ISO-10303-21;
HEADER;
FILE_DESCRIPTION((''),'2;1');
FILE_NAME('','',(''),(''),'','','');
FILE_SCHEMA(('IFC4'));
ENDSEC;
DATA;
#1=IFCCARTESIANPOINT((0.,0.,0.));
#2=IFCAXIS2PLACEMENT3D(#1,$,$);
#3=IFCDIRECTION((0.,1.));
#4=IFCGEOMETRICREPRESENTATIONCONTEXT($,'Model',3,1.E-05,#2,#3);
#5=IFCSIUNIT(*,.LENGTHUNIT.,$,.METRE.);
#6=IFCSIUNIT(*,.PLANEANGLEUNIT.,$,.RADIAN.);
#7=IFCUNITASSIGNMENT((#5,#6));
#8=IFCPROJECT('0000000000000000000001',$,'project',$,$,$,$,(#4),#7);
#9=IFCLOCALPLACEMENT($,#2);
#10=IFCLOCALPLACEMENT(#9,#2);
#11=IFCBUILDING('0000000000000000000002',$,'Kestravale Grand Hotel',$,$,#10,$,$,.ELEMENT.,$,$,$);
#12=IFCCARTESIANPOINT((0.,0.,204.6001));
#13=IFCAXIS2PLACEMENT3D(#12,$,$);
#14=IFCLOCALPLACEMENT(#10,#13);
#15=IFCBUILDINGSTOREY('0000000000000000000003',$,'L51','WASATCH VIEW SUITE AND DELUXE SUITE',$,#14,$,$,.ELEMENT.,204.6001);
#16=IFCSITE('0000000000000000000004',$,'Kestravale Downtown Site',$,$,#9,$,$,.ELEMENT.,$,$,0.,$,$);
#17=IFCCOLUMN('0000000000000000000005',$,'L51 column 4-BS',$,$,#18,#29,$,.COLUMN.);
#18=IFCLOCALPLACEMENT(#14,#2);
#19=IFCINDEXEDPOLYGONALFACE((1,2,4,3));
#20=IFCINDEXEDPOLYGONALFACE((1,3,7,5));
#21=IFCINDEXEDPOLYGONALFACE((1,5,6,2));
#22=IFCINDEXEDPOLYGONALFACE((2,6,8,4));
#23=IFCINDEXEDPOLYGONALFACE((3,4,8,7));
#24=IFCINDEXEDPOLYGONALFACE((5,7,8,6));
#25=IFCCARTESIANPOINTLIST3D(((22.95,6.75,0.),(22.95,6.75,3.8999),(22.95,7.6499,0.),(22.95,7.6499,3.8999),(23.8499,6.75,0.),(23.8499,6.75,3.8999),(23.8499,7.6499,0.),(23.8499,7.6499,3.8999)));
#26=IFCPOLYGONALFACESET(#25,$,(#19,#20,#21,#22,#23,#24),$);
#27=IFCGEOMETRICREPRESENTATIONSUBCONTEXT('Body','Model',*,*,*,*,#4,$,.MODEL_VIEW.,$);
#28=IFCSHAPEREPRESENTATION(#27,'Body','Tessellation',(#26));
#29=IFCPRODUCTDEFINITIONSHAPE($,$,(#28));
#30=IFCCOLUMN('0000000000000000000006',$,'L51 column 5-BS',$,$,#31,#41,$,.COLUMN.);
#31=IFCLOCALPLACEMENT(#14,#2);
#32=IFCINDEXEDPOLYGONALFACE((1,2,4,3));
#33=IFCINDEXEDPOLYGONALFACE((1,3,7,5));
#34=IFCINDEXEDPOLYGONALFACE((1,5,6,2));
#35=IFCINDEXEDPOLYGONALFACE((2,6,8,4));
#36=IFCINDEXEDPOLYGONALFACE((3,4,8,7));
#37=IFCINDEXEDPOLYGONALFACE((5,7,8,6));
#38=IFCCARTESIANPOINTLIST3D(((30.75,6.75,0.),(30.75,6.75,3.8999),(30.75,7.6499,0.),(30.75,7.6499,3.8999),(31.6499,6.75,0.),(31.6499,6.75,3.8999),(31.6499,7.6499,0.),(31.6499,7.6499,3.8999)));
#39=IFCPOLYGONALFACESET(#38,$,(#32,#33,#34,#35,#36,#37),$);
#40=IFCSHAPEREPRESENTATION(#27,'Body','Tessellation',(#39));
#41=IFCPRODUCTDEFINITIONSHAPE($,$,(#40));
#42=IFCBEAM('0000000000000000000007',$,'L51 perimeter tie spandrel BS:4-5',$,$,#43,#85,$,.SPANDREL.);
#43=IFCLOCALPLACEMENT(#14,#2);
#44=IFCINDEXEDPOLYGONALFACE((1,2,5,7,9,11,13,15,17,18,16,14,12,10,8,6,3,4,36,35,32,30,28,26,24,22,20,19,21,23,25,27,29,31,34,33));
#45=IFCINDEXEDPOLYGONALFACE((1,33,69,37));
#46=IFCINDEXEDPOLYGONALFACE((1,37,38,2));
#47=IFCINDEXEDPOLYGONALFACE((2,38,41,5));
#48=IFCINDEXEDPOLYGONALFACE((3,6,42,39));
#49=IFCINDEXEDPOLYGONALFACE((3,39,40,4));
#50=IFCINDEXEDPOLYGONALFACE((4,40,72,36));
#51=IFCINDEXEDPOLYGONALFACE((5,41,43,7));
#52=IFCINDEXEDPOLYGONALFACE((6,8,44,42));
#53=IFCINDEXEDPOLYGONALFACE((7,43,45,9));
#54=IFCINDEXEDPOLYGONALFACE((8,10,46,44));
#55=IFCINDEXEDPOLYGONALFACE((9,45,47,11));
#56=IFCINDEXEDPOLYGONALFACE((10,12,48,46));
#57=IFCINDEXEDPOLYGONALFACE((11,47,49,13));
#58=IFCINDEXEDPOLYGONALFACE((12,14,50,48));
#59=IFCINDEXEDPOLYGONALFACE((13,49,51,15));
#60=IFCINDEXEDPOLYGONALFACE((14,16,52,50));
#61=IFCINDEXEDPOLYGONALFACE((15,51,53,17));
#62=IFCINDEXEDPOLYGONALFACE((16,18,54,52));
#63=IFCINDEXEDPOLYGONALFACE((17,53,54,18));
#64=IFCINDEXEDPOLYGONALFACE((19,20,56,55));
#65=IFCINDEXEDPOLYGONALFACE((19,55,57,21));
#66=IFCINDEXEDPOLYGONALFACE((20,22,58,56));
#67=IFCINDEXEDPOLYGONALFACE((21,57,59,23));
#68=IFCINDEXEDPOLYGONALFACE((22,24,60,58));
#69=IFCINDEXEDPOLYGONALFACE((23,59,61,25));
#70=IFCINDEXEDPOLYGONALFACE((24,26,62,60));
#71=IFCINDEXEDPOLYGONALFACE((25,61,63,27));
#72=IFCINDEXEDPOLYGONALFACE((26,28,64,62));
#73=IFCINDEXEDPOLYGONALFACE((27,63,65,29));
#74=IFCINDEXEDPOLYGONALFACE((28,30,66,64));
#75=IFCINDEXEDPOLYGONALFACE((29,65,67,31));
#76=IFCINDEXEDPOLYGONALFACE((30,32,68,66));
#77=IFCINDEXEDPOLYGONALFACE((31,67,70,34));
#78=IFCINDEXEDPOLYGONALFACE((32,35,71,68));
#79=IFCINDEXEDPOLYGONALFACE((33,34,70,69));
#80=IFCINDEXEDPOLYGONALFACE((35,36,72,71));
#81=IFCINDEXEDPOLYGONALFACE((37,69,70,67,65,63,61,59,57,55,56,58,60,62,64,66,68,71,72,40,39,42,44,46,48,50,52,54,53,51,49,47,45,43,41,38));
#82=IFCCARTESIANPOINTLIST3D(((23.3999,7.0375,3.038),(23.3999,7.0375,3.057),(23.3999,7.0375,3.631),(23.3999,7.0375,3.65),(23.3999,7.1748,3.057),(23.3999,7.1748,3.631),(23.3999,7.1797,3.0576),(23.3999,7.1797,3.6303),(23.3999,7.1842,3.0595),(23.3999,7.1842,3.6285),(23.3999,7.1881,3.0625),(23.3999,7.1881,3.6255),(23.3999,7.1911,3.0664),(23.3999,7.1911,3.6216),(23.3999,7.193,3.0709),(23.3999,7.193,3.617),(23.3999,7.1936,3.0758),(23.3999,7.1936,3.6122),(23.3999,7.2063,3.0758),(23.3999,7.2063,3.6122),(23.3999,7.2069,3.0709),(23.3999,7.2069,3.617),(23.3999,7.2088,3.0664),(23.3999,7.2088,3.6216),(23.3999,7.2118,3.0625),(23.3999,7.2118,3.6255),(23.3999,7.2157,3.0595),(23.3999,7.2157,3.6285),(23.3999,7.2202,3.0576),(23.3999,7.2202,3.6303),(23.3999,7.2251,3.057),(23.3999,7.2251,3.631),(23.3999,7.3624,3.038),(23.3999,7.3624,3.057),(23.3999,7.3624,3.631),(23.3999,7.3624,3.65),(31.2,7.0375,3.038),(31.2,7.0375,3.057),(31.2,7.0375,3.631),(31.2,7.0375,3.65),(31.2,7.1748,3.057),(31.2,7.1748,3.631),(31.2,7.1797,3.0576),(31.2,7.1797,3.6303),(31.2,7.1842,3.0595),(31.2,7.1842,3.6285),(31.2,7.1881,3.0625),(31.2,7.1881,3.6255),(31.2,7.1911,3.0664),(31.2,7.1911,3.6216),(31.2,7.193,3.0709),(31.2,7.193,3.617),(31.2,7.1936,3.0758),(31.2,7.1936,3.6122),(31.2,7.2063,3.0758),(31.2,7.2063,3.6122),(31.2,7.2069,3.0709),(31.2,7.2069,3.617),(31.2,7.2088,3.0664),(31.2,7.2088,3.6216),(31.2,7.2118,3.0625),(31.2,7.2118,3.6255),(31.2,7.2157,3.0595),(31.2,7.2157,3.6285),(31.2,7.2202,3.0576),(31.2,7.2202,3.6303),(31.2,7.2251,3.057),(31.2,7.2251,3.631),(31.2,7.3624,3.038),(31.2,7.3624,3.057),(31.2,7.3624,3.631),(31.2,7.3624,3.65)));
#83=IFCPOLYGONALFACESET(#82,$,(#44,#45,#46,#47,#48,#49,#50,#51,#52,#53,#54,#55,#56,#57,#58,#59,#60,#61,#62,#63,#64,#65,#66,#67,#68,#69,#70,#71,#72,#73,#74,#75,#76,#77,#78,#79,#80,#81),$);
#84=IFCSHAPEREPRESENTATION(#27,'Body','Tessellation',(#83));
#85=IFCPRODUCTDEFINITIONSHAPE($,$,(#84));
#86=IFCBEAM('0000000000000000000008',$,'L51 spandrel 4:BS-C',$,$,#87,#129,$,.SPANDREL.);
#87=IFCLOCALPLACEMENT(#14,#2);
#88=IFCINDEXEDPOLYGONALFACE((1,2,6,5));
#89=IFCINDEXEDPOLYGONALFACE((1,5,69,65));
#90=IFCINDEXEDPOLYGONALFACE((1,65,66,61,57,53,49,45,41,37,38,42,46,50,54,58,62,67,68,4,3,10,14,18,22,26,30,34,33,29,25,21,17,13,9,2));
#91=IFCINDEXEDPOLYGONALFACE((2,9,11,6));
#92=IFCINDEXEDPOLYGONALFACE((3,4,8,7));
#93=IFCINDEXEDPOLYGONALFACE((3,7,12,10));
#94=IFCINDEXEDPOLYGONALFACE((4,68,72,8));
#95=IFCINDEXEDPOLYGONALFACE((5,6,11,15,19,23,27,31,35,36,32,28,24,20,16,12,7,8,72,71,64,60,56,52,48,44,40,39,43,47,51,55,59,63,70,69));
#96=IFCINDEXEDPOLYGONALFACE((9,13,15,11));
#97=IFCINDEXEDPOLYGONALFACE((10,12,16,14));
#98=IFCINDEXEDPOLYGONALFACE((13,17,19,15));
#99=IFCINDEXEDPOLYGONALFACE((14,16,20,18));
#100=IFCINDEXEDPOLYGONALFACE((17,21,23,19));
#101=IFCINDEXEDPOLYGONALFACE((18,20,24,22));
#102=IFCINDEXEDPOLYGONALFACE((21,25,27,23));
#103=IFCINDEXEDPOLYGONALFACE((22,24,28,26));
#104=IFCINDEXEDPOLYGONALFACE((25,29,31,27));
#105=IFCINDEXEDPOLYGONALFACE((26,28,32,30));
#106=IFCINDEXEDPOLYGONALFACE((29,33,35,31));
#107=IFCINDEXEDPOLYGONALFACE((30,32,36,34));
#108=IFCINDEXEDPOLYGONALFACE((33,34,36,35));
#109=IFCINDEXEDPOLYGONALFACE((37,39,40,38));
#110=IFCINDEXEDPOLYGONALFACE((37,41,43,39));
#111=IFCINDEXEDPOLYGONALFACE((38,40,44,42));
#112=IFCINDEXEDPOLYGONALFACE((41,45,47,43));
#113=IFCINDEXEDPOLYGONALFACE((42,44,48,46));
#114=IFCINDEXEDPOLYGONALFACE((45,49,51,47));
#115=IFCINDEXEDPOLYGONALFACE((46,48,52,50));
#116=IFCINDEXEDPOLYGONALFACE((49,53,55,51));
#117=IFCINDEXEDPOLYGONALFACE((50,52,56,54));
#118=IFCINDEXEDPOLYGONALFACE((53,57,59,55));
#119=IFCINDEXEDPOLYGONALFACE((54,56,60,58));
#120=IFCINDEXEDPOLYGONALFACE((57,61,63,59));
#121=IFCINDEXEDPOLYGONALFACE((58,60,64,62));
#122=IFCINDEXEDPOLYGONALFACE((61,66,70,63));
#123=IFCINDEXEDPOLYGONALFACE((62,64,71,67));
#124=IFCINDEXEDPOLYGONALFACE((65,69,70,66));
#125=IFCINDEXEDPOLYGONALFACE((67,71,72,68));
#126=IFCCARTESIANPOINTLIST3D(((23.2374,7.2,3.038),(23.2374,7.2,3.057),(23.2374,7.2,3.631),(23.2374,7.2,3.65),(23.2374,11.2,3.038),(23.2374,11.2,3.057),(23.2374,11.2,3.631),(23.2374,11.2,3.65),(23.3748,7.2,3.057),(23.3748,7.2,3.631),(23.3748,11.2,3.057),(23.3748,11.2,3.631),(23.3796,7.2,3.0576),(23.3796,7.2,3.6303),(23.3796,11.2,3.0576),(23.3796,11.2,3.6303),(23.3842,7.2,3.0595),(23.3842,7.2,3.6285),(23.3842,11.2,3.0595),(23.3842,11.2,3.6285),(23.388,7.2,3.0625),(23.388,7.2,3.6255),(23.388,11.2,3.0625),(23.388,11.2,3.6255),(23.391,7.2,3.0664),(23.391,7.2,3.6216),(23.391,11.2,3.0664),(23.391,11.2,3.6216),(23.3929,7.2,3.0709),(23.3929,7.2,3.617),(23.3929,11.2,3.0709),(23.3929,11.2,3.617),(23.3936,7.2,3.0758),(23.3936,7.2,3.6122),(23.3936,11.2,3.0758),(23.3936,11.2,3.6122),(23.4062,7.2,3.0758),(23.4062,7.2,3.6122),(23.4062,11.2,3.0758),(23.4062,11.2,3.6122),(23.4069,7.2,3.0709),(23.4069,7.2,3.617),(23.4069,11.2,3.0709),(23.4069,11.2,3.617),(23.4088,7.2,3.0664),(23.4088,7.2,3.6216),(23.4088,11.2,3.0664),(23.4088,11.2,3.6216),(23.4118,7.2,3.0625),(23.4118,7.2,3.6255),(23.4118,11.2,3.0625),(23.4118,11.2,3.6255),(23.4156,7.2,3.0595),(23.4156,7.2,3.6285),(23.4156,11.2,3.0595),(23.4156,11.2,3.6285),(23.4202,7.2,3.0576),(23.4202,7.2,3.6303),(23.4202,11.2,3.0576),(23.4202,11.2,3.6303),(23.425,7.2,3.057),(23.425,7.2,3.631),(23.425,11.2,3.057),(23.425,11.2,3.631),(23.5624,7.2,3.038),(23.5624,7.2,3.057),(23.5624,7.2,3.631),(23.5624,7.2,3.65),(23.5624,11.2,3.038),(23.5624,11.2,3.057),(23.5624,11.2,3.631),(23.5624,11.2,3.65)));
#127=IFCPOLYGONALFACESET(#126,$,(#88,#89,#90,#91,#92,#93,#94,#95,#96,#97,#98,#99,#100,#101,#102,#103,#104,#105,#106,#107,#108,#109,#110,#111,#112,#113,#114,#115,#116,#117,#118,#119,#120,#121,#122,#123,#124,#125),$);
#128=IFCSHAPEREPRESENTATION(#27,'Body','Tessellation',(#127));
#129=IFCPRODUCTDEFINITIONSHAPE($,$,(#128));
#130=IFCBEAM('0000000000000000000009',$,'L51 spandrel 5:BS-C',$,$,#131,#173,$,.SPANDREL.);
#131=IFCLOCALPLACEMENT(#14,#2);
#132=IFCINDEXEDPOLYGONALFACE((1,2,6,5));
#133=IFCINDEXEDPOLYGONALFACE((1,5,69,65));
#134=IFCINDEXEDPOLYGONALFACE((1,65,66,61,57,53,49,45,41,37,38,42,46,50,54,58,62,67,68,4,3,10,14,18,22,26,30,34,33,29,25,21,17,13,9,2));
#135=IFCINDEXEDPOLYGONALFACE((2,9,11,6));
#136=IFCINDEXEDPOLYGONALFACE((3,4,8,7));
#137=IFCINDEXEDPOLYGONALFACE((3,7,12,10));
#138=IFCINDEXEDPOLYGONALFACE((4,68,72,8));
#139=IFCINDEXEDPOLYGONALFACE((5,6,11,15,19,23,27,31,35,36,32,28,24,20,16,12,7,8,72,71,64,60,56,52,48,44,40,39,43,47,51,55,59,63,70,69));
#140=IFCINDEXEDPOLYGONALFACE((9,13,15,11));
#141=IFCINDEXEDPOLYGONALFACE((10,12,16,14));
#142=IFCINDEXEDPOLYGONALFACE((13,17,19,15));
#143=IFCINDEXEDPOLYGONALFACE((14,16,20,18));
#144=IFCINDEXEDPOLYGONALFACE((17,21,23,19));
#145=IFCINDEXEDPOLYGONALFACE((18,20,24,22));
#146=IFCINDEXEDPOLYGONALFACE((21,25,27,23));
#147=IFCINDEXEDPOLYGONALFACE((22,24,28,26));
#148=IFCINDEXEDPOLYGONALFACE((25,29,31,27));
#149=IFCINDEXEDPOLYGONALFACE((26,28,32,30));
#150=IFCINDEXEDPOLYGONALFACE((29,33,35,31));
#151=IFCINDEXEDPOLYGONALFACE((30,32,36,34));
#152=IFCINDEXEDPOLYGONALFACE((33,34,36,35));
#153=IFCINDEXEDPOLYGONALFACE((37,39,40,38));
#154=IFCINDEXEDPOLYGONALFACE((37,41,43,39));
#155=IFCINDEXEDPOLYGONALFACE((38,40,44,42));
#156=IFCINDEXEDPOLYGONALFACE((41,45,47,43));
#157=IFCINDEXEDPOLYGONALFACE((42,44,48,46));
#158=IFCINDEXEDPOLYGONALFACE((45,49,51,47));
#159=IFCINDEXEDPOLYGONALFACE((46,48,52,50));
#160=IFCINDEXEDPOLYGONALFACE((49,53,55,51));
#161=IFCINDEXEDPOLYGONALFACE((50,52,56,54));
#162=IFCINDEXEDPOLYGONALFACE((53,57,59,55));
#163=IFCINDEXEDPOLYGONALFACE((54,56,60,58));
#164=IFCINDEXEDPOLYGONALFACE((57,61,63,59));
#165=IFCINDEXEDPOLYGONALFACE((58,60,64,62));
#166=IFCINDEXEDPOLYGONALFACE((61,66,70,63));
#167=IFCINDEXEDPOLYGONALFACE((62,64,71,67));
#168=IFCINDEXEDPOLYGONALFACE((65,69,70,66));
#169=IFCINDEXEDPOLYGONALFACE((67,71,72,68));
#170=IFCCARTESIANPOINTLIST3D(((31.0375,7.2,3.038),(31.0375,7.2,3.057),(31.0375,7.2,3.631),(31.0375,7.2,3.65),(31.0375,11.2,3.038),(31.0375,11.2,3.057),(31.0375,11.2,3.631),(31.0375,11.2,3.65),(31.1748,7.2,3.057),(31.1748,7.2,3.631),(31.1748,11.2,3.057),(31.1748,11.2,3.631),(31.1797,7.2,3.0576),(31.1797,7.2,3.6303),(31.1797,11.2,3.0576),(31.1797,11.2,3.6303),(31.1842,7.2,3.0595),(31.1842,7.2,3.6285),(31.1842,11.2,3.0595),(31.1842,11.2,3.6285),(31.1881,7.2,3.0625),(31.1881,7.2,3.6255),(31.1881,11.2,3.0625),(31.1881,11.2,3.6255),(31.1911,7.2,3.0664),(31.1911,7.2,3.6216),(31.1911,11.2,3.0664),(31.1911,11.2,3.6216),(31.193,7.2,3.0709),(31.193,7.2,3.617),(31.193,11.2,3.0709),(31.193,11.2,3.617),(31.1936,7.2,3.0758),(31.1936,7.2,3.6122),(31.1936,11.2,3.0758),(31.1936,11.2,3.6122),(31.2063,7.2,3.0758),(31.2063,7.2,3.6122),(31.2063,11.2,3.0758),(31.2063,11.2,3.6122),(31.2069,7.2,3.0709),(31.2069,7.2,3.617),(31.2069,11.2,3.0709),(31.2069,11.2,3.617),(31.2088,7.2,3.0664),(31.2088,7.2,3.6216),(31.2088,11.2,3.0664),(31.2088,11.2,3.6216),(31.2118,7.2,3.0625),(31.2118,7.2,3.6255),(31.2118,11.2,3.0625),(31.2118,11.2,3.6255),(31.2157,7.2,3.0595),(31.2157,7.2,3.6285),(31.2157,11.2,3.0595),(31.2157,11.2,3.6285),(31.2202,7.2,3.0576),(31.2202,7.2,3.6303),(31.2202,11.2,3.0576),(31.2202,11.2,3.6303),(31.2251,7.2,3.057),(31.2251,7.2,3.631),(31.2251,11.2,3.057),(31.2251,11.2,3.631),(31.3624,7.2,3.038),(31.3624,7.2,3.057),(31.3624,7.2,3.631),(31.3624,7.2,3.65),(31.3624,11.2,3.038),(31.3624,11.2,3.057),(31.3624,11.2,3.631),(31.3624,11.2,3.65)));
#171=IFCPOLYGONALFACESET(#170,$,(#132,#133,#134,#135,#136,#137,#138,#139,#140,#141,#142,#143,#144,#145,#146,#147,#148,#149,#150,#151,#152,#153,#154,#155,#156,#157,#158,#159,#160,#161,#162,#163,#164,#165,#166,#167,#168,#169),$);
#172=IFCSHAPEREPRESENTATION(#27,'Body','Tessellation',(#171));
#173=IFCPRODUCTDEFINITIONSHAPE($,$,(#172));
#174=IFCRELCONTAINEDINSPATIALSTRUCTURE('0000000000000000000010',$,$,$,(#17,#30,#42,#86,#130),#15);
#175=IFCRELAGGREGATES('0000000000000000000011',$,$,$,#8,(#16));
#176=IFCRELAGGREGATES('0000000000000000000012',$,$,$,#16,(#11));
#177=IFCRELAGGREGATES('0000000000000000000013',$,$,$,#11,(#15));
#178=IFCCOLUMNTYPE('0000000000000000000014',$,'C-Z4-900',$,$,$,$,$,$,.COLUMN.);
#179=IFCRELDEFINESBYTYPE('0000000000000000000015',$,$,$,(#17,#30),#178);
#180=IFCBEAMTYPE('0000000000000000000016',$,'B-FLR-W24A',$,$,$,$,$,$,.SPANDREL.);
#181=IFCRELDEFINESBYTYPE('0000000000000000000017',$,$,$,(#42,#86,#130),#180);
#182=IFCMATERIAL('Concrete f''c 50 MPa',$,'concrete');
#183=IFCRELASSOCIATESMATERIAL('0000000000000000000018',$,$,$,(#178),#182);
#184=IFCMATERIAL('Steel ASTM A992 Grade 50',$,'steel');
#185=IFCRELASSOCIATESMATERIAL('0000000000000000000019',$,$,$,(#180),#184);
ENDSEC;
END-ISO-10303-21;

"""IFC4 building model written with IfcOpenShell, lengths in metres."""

from ifc_helpers import new_model, si_unit, direction, frame, origin, origin_2d, place, context, subcontext, project, spatial, rectangle, i_section, extrude, material, material_profile, profile_set, type_object, element, save


model = new_model("IFC4")

# Units and contexts
model_context = context("Model", 3, precision=1e-05, world=origin(), true_north=direction((0.0, 1.0)))
body_context = subcontext(model_context, "Body", "Model", "MODEL_VIEW")
ifc_project = project(units=[si_unit("LENGTHUNIT", "METRE"), si_unit("PLANEANGLEUNIT", "RADIAN")], contexts=[model_context])

# Site, building, storey
site_placement = place(None, origin())
site = spatial("IfcSite", under=ifc_project, at=site_placement, Name="Kestravale Downtown Site", CompositionType="ELEMENT", RefElevation=0.0)
building_placement = place(site_placement, origin())
building = spatial("IfcBuilding", under=site, at=building_placement, Name="Kestravale Grand Hotel", CompositionType="ELEMENT")
storey_placement = place(building_placement, frame((0.0, 0.0, 204.6001)))
storey = spatial("IfcBuildingStorey", under=building, at=storey_placement, Name="L51", Description="WASATCH VIEW SUITE AND DELUXE SUITE", CompositionType="ELEMENT", Elevation=204.6001)

# Columns
ifc_material_1 = material(Name="Concrete f'c 50 MPa", Category="concrete")
ifc_material_profile_1 = material_profile(ifc_material_1, rectangle(XDim=0.8999, YDim=0.8999, at=origin_2d()))
ifc_profile_set_1 = profile_set([ifc_material_profile_1], Name="Concrete f'c 50 MPa")
column_type = type_object("IfcColumnType", Name="C-Z4-900", PredefinedType="COLUMN", material=ifc_profile_set_1)
for number, where, z_axis, x_axis, name in (
    (1, (23.3999, 7.2, 0.0), (0.0, 0.0, 1.0), (1.0, 0.0, 0.0), "L51 column 4-BS"),
    (2, (31.2, 7.2, 0.0), (0.0, 0.0, 1.0), (1.0, 0.0, 0.0), "L51 column 5-BS"),
):
    element("IfcColumn", number, at=place(storey_placement, frame(where, z_axis=z_axis, x_axis=x_axis)), inside=storey, type_object=column_type, Name=name, PredefinedType="COLUMN", context=body_context, shape_type="SweptSolid", body=[
        extrude(rectangle(XDim=0.8999, YDim=0.8999, at=origin_2d()), origin(), (0.0, 0.0, 1.0), 3.8999),
    ])

# Beams
ifc_material_2 = material(Name="Steel ASTM A992 Grade 50", Category="steel")
ifc_material_profile_2 = material_profile(ifc_material_2, i_section(OverallWidth=0.325, OverallDepth=0.6121, WebThickness=0.0127, FlangeThickness=0.019, FilletRadius=0.0188, at=origin_2d()))
ifc_profile_set_2 = profile_set([ifc_material_profile_2], Name="Steel ASTM A992 Grade 50")
beam_type_1 = type_object("IfcBeamType", Name="B-FLR-W24A", PredefinedType="SPANDREL", material=ifc_profile_set_2)
beam_1_placement = place(storey_placement, frame((23.3999, 7.2, 3.344), z_axis=(1.0, 0.0, 0.0), x_axis=(0.0, 1.0, 0.0)))
element("IfcBeam", 3, at=beam_1_placement, inside=storey, type_object=beam_type_1, Name="L51 perimeter tie spandrel BS:4-5", PredefinedType="SPANDREL", context=body_context, shape_type="SweptSolid", body=[
    extrude(i_section(OverallWidth=0.325, OverallDepth=0.6121, WebThickness=0.0127, FlangeThickness=0.019, FilletRadius=0.0188, at=origin_2d()), origin(), (0.0, 0.0, 1.0), 7.8),
])
for number, where, z_axis, x_axis, name in (
    (4, (23.3999, 7.2, 3.344), (0.0, 1.0, 0.0), (-1.0, 0.0, 0.0), "L51 spandrel 4:BS-C"),
    (5, (31.2, 7.2, 3.344), (0.0, 1.0, 0.0), (-1.0, 0.0, 0.0), "L51 spandrel 5:BS-C"),
):
    element("IfcBeam", number, at=place(storey_placement, frame(where, z_axis=z_axis, x_axis=x_axis)), inside=storey, type_object=beam_type_1, Name=name, PredefinedType="SPANDREL", context=body_context, shape_type="SweptSolid", body=[
        extrude(i_section(OverallWidth=0.325, OverallDepth=0.6121, WebThickness=0.0127, FlangeThickness=0.019, FilletRadius=0.0188, at=origin_2d()), origin(), (0.0, 0.0, 1.0), 4.0),
    ])

save(model, "model.ifc")
